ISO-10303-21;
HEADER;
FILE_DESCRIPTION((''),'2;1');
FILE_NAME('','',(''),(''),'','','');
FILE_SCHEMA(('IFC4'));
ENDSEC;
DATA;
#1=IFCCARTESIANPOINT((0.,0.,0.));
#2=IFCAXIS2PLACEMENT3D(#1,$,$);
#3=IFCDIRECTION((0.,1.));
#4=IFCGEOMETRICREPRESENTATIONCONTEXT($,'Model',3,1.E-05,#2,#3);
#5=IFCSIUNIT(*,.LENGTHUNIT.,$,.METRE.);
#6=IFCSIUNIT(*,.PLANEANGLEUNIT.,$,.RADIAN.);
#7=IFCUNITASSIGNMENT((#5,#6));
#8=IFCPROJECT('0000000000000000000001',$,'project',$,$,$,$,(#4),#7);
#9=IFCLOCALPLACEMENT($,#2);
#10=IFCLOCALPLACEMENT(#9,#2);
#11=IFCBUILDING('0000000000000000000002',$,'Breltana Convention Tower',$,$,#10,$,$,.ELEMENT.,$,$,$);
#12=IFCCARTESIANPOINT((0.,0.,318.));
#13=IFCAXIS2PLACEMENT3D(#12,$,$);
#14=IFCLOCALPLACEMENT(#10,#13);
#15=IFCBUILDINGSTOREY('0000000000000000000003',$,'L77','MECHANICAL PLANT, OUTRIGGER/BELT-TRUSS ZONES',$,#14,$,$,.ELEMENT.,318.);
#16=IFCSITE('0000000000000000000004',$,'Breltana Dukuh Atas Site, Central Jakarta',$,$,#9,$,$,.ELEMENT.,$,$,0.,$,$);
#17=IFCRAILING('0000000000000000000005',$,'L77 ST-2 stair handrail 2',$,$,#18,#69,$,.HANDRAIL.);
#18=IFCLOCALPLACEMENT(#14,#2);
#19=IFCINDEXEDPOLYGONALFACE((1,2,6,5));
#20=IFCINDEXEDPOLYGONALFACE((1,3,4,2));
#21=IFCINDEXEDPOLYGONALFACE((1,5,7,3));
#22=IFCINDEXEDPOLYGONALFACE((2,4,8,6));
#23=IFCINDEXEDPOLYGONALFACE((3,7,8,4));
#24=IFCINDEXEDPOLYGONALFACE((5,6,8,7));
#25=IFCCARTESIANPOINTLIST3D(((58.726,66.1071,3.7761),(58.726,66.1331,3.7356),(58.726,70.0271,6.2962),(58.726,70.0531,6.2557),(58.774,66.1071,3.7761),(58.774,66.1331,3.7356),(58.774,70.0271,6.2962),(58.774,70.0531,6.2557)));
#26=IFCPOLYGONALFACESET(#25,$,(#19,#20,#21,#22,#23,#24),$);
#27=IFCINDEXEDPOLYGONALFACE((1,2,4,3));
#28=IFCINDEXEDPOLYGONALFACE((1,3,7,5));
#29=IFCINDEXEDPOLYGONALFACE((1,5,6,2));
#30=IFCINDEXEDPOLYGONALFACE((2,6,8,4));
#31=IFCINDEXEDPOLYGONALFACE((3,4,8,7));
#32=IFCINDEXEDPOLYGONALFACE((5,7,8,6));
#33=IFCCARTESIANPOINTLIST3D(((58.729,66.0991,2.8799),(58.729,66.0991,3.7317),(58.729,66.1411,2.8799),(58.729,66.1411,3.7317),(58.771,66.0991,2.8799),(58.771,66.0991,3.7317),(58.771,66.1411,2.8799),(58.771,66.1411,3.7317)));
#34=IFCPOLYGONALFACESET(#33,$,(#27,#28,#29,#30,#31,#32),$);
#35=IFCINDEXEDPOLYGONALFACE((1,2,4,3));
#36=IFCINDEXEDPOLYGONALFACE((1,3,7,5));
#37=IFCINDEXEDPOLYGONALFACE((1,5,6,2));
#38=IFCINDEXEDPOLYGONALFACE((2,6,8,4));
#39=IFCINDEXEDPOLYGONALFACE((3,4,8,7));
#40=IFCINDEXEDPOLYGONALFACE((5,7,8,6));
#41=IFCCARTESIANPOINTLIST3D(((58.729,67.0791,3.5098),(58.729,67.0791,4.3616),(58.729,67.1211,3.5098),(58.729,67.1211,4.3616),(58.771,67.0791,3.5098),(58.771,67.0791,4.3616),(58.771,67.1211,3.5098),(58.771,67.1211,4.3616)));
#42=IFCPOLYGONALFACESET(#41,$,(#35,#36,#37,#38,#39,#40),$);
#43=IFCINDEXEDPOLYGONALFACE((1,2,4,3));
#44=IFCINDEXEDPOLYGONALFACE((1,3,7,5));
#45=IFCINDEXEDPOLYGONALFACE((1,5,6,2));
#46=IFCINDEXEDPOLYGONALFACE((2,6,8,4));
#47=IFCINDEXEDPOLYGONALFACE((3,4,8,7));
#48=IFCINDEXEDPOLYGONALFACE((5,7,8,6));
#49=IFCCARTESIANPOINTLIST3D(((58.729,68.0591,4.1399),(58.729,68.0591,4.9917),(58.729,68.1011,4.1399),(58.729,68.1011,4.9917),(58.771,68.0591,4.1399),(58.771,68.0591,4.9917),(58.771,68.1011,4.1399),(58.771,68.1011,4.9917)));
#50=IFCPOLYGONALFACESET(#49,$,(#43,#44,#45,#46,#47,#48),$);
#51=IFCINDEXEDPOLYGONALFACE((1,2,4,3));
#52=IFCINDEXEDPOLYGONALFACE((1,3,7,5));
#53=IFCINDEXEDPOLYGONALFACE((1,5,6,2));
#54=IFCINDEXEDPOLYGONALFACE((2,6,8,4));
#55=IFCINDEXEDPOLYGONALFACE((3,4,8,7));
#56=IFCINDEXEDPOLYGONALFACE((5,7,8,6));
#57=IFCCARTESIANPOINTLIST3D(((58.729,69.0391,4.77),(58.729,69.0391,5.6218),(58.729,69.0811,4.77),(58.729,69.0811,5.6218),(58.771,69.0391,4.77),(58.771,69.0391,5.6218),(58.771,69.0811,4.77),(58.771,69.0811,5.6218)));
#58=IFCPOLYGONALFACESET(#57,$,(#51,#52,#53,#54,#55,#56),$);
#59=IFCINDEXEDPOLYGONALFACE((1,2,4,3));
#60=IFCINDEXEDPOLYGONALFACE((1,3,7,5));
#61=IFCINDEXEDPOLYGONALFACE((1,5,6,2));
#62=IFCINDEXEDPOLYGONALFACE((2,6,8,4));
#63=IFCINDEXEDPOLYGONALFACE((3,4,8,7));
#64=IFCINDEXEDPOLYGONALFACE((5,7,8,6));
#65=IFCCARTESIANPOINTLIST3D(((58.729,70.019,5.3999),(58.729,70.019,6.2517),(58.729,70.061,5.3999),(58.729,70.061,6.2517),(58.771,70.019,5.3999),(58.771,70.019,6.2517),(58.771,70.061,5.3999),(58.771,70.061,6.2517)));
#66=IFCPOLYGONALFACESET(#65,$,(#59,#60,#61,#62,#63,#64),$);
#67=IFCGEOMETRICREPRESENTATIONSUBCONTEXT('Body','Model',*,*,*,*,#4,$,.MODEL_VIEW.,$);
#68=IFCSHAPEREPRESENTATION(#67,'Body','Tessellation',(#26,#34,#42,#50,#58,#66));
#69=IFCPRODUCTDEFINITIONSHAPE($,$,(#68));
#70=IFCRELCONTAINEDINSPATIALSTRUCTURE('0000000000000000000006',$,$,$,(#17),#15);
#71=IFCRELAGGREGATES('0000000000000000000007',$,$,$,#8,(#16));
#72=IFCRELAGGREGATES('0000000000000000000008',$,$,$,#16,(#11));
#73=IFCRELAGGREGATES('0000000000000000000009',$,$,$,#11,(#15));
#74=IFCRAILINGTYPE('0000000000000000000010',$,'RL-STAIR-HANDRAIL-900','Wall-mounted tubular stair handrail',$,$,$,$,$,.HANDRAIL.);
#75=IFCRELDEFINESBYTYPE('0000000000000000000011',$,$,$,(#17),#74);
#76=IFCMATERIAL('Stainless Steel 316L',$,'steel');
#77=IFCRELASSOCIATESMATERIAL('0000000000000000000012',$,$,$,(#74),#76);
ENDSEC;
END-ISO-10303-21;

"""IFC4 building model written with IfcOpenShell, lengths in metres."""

from ifc_helpers import new_model, si_unit, direction, frame, origin, origin_2d, place, context, subcontext, project, spatial, rectangle, extrude, material, type_object, element, save


model = new_model("IFC4")

# Units and contexts
model_context = context("Model", 3, precision=1e-05, world=origin(), true_north=direction((0.0, 1.0)))
body_context = subcontext(model_context, "Body", "Model", "MODEL_VIEW")
ifc_project = project(units=[si_unit("LENGTHUNIT", "METRE"), si_unit("PLANEANGLEUNIT", "RADIAN")], contexts=[model_context])

# Site, building, storey
site_placement = place(None, origin())
site = spatial("IfcSite", under=ifc_project, at=site_placement, Name="Breltana Dukuh Atas Site, Central Jakarta", CompositionType="ELEMENT", RefElevation=0.0)
building_placement = place(site_placement, origin())
building = spatial("IfcBuilding", under=site, at=building_placement, Name="Breltana Convention Tower", CompositionType="ELEMENT")
storey_placement = place(building_placement, frame((0.0, 0.0, 318.0)))
storey = spatial("IfcBuildingStorey", under=building, at=storey_placement, Name="L77", Description="MECHANICAL PLANT, OUTRIGGER/BELT-TRUSS ZONES", CompositionType="ELEMENT", Elevation=318.0)

# Railing
ifc_material_1 = material(Name="Stainless Steel 316L", Category="steel")
railing_type_1 = type_object("IfcRailingType", Name="RL-STAIR-HANDRAIL-900", Description="Wall-mounted tubular stair handrail", PredefinedType="HANDRAIL", material=ifc_material_1)
railing_1_placement = place(storey_placement, frame((58.75, 66.1201, 2.8799)))
element("IfcRailing", 1, at=railing_1_placement, inside=storey, type_object=railing_type_1, Name="L77 ST-2 stair handrail 2", PredefinedType="HANDRAIL", context=body_context, shape_type="SweptSolid", body=[
    extrude(rectangle(XDim=0.0481, YDim=0.0481, at=origin_2d()), frame((0.0, 0.0, 0.876), z_axis=(0.0, 0.841172, 0.540768), x_axis=(-1.0, 0.0, 0.0)), (0.0, 0.0, 1.0), 4.6602),
    extrude(rectangle(XDim=0.042, YDim=0.042, at=origin_2d()), origin(), (0.0, 0.0, 1.0), 0.8518),
    extrude(rectangle(XDim=0.042, YDim=0.042, at=origin_2d()), frame((0.0, 0.98, 0.6299)), (0.0, 0.0, 1.0), 0.8518),
    extrude(rectangle(XDim=0.042, YDim=0.042, at=origin_2d()), frame((0.0, 1.96, 1.26)), (0.0, 0.0, 1.0), 0.8518),
    extrude(rectangle(XDim=0.042, YDim=0.042, at=origin_2d()), frame((0.0, 2.9399, 1.8901)), (0.0, 0.0, 1.0), 0.8518),
    extrude(rectangle(XDim=0.042, YDim=0.042, at=origin_2d()), frame((0.0, 3.9199, 2.52)), (0.0, 0.0, 1.0), 0.8518),
])

save(model, "model.ifc")
